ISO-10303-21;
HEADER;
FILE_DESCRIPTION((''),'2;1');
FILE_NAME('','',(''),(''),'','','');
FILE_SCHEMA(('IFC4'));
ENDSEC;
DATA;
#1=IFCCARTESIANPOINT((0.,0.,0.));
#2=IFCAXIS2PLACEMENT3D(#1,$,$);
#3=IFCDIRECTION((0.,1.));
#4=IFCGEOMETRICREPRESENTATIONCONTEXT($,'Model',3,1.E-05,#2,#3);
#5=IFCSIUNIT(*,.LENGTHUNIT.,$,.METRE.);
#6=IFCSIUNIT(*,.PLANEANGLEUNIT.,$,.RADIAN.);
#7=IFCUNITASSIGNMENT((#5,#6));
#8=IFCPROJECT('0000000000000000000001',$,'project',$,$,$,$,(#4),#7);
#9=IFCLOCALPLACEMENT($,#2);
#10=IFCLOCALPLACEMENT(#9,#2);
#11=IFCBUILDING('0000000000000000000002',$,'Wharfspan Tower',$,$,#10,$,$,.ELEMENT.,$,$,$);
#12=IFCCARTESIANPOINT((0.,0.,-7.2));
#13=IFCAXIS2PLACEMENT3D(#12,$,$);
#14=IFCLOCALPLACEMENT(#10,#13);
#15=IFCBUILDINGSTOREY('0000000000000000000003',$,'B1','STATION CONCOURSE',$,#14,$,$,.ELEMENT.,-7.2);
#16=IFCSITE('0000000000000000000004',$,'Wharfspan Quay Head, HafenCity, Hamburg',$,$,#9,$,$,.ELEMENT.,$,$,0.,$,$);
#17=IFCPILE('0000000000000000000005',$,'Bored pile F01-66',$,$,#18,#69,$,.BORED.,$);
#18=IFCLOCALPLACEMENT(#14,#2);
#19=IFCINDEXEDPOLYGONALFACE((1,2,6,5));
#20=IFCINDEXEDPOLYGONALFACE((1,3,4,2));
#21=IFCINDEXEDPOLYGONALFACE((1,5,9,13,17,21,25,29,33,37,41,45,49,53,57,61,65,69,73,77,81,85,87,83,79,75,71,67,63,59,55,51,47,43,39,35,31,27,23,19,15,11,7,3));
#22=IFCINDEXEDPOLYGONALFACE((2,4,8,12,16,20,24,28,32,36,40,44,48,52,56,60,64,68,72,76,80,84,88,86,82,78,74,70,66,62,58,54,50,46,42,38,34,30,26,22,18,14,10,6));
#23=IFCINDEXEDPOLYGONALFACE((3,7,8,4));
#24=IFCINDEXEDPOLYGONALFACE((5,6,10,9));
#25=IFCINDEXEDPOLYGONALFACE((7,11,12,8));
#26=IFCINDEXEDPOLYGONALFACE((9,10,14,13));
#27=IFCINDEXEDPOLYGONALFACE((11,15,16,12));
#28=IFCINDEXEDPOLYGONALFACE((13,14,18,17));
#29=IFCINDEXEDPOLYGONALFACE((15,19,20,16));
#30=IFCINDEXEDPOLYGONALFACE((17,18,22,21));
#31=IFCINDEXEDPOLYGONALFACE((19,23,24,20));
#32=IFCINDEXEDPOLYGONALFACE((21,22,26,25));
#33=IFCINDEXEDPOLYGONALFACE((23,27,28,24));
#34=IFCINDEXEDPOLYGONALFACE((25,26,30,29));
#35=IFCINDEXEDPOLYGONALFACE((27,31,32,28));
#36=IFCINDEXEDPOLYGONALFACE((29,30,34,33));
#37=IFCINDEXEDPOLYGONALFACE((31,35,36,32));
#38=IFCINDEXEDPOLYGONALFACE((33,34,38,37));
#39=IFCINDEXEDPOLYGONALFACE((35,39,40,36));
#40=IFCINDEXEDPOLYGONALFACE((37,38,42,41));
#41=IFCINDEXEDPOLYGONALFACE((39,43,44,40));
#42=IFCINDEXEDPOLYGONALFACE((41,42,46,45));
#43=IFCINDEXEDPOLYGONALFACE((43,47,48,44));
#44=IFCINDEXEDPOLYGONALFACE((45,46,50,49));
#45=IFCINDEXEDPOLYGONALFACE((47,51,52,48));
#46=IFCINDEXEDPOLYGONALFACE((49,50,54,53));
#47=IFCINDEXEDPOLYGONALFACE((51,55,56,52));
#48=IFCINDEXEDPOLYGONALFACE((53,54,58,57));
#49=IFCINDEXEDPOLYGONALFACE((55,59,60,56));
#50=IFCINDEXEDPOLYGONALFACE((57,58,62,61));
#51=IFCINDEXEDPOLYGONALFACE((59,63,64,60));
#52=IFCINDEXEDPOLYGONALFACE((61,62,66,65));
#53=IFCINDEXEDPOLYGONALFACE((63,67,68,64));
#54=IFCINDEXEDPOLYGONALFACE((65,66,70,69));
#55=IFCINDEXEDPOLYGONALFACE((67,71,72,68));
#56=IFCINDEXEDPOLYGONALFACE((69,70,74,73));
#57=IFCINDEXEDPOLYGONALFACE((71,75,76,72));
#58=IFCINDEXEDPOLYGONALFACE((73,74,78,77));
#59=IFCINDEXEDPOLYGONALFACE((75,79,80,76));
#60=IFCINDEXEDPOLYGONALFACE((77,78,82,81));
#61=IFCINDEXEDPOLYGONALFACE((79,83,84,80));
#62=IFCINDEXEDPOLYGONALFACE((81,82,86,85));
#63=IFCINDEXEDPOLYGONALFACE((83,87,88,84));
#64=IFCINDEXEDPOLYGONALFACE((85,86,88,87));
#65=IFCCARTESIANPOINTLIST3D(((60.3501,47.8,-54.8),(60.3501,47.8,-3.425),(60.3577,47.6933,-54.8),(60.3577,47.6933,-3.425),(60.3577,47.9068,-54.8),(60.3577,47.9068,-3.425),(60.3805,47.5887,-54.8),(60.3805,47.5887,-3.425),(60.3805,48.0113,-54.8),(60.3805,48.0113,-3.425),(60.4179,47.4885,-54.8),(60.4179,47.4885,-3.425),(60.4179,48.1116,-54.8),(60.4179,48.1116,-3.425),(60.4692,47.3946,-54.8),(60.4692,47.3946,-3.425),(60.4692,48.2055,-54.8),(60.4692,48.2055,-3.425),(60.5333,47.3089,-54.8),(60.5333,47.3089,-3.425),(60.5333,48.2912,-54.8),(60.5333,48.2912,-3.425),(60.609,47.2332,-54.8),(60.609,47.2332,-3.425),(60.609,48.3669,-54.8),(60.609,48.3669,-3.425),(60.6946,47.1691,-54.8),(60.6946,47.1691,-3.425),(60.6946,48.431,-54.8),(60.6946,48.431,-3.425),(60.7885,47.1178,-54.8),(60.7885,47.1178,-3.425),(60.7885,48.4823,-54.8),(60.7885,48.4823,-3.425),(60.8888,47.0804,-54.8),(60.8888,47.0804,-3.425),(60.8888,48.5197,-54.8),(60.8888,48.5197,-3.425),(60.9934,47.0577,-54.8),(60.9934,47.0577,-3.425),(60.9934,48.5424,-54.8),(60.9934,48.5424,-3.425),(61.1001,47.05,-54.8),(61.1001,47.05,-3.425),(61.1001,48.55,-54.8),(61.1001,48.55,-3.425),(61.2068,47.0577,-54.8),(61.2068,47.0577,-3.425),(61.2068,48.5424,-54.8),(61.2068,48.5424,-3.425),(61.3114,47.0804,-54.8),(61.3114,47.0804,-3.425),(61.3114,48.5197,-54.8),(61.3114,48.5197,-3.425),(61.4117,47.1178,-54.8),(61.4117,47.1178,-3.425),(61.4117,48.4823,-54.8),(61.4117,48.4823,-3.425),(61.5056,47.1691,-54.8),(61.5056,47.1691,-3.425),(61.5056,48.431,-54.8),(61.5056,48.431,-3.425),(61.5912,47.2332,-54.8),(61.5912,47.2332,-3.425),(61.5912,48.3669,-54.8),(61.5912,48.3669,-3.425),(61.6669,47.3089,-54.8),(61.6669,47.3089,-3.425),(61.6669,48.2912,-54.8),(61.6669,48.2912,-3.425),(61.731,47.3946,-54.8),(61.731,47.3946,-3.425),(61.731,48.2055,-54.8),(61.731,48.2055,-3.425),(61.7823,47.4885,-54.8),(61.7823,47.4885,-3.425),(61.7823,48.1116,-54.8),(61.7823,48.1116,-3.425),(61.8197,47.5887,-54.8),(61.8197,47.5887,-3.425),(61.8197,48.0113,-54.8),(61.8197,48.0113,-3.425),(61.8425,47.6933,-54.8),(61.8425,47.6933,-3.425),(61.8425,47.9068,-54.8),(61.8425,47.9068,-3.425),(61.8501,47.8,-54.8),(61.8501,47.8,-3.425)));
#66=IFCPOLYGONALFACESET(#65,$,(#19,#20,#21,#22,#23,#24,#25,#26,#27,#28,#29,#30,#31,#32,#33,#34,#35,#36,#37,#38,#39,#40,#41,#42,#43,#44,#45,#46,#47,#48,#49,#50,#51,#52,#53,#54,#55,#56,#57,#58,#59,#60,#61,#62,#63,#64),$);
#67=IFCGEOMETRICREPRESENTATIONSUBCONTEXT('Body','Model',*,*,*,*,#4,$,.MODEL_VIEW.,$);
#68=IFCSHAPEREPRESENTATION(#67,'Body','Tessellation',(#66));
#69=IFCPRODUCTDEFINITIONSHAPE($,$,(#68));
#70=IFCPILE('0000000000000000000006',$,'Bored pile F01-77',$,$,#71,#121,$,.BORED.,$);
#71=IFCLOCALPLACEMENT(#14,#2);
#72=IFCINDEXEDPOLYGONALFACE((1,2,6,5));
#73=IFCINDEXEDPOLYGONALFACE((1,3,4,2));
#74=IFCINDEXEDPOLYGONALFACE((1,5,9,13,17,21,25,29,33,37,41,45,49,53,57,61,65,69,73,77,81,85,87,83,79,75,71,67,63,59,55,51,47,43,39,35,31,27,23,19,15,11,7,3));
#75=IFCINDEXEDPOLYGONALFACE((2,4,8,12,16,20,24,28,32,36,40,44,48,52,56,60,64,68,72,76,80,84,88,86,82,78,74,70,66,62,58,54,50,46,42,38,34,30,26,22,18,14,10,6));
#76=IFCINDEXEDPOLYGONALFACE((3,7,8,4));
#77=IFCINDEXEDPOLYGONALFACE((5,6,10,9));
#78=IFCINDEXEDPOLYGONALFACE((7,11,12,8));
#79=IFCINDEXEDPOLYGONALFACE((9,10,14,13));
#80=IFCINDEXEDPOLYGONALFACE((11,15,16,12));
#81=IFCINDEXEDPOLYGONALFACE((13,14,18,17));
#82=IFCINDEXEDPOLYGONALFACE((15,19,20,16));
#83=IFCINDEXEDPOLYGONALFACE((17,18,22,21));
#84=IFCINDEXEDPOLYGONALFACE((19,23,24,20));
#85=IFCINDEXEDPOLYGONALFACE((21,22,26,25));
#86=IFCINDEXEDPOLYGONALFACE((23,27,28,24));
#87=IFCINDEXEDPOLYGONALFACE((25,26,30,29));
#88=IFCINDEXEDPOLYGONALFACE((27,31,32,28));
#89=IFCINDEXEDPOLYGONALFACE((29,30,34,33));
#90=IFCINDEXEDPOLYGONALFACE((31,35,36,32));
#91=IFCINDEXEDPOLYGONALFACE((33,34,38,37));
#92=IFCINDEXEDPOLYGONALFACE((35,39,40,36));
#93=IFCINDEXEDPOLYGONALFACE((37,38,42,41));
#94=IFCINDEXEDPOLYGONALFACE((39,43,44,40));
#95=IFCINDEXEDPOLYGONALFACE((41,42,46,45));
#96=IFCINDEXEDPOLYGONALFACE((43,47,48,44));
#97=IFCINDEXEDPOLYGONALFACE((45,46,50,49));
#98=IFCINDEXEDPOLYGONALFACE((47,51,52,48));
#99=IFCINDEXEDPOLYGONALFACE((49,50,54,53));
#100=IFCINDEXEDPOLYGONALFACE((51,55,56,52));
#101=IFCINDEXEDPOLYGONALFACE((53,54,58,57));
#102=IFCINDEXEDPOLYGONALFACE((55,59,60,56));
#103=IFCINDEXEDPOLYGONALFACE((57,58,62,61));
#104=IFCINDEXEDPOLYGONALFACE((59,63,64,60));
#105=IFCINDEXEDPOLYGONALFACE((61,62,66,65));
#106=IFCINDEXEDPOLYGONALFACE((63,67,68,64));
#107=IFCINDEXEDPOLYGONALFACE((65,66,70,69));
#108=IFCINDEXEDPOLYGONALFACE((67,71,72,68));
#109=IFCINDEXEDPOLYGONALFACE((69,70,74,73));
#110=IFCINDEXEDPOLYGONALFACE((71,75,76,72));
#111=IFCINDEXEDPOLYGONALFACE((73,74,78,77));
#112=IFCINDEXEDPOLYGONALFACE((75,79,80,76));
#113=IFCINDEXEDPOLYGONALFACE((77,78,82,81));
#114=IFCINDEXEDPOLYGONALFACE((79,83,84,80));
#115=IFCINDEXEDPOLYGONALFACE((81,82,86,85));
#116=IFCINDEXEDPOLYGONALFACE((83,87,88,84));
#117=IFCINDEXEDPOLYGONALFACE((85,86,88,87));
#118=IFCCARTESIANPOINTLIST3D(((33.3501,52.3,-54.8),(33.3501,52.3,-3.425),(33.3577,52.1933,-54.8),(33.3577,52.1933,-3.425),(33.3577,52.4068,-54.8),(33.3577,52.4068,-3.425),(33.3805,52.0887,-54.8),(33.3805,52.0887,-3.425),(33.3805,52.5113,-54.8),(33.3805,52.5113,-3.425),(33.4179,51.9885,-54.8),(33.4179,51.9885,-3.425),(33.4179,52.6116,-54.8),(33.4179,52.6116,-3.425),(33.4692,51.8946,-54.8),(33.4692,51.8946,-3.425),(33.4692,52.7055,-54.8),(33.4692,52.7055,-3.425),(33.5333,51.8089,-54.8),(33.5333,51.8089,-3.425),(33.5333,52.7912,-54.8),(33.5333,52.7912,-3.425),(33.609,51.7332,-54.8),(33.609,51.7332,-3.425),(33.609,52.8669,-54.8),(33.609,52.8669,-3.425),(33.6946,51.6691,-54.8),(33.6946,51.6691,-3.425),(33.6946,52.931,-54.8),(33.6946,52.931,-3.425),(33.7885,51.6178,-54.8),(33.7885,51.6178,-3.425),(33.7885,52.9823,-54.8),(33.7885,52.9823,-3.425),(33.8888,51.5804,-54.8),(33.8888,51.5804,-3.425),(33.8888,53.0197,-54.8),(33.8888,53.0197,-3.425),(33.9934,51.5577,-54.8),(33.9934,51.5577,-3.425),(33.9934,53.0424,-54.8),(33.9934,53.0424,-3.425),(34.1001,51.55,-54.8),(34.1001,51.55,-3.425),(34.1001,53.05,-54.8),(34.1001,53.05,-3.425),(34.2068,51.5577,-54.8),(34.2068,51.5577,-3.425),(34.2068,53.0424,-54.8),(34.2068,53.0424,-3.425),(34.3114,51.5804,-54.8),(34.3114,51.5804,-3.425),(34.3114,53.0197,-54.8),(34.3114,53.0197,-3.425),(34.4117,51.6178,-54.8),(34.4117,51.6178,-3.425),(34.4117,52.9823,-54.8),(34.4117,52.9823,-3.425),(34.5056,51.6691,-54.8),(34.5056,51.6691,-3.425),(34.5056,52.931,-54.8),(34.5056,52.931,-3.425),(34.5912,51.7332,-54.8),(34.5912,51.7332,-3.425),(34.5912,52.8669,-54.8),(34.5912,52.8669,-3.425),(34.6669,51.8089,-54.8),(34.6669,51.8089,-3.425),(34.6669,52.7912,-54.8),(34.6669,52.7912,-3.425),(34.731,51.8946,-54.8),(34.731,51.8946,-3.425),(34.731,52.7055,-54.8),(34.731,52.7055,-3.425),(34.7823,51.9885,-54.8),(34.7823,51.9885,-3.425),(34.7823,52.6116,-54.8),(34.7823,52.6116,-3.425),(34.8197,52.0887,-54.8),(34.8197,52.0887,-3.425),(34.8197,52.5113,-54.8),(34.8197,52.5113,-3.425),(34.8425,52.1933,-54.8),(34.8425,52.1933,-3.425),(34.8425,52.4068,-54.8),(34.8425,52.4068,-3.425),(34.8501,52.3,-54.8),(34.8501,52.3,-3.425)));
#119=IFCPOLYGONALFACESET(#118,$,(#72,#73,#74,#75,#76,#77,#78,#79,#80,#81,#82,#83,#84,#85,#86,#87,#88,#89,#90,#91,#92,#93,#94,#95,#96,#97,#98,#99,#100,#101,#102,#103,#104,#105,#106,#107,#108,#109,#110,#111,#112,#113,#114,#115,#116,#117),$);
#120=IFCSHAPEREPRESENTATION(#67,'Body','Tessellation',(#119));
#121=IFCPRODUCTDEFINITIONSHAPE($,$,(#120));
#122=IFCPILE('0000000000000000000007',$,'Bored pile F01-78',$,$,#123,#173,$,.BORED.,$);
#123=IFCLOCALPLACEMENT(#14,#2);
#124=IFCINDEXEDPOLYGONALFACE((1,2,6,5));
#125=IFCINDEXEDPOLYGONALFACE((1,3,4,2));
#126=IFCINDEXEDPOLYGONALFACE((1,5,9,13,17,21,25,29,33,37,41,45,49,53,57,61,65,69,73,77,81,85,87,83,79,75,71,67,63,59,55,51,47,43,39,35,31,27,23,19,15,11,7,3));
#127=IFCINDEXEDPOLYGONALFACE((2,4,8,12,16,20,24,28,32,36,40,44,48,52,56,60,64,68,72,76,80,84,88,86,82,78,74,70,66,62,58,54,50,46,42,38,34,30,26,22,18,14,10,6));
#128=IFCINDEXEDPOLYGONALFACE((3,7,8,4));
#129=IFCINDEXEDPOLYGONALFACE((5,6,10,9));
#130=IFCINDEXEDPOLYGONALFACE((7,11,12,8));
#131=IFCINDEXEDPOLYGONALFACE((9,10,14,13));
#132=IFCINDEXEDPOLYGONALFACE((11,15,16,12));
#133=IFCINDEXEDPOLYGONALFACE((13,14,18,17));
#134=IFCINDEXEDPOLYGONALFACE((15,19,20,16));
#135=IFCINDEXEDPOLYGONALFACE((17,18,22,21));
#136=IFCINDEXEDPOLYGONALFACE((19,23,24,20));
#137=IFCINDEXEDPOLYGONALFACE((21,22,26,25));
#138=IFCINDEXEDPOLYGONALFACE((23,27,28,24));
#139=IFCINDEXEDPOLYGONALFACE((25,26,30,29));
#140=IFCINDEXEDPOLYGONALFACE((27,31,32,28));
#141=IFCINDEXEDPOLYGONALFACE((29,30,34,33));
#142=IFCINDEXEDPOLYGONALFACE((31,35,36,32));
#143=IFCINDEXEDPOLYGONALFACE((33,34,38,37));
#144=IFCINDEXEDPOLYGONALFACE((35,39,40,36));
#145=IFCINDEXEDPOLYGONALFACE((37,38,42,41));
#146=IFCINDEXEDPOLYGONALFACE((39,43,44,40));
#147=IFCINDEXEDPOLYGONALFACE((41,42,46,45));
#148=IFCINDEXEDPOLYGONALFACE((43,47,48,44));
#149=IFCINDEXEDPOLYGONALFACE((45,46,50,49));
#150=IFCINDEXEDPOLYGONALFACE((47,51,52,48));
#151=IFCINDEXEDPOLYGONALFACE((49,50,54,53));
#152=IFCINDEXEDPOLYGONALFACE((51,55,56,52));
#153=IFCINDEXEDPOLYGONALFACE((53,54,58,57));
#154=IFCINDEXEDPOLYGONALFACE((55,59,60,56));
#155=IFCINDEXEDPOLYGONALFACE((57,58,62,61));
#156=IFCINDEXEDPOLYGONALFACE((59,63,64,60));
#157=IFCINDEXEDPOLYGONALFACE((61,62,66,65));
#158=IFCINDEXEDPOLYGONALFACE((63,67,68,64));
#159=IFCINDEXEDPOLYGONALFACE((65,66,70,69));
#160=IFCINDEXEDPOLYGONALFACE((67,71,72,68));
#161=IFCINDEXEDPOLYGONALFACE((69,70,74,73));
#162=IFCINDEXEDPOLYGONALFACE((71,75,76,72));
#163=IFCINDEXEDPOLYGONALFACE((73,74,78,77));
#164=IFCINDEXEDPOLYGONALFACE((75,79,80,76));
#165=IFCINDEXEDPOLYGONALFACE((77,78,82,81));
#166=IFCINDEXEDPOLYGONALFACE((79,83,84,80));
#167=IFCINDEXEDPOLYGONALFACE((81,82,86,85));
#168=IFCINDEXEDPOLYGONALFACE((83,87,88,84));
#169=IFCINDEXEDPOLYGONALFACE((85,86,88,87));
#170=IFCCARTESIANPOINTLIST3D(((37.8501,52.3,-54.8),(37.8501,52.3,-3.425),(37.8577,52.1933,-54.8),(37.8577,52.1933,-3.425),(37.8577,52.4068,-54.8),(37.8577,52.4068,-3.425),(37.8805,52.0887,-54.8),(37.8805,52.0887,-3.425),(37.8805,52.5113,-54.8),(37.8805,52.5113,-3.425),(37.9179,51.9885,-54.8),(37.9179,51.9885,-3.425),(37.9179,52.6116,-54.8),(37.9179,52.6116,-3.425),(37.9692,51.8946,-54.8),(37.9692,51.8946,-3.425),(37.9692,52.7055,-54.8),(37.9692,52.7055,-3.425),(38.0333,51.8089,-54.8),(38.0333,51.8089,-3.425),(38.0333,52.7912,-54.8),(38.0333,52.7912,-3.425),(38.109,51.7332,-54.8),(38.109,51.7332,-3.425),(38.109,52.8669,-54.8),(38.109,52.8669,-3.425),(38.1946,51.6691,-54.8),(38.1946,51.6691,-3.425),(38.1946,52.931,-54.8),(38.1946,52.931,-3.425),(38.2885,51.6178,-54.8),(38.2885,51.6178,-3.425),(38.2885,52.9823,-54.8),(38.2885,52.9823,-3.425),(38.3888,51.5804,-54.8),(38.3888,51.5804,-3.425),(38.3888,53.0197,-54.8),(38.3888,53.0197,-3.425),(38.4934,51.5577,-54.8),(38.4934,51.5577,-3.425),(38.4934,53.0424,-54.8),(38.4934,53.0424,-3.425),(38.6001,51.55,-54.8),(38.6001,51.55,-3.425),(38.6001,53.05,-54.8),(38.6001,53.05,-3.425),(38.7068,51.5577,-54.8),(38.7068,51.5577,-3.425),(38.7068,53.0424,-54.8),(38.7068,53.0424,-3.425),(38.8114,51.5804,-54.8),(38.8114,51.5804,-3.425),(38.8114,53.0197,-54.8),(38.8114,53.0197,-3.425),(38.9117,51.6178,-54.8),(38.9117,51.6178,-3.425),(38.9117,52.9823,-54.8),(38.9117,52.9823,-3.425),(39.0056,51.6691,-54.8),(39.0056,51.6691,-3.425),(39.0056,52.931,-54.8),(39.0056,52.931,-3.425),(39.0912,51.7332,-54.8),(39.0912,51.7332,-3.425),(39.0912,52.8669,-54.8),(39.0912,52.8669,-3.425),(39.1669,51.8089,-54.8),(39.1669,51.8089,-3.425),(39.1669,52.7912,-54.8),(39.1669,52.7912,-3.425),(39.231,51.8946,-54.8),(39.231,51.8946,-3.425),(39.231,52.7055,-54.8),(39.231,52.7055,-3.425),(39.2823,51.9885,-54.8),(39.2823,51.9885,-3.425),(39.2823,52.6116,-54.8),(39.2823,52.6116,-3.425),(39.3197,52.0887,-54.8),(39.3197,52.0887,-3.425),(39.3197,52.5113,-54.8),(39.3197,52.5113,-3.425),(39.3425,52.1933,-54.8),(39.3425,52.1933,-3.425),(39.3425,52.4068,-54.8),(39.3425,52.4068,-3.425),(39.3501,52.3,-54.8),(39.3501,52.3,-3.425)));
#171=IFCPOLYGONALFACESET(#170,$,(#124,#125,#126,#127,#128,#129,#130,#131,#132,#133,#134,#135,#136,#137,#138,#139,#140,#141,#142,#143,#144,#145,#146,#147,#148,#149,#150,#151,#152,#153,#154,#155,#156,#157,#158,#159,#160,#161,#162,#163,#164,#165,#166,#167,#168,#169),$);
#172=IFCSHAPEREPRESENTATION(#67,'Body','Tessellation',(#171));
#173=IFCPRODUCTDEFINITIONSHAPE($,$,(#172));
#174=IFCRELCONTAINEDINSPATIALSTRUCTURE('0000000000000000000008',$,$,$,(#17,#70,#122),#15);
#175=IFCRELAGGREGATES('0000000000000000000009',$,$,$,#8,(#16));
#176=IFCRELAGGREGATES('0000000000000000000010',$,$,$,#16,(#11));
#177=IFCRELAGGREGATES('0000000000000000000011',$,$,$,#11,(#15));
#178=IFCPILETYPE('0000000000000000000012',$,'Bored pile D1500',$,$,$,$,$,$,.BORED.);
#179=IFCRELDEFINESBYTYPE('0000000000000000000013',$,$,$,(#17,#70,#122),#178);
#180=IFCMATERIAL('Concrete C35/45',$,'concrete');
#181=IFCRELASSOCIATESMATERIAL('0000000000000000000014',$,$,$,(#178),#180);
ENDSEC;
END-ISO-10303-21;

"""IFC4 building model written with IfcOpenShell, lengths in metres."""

from ifc_helpers import new_model, si_unit, direction, frame, origin, origin_2d, place, context, subcontext, project, spatial, circle, extrude, material, material_profile, profile_set, type_object, element, save


model = new_model("IFC4")

# Units and contexts
model_context = context("Model", 3, precision=1e-05, world=origin(), true_north=direction((0.0, 1.0)))
body_context = subcontext(model_context, "Body", "Model", "MODEL_VIEW")
ifc_project = project(units=[si_unit("LENGTHUNIT", "METRE"), si_unit("PLANEANGLEUNIT", "RADIAN")], contexts=[model_context])

# Site, building, storey
site_placement = place(None, origin())
site = spatial("IfcSite", under=ifc_project, at=site_placement, Name="Wharfspan Quay Head, HafenCity, Hamburg", CompositionType="ELEMENT", RefElevation=0.0)
building_placement = place(site_placement, origin())
building = spatial("IfcBuilding", under=site, at=building_placement, Name="Wharfspan Tower", CompositionType="ELEMENT")
storey_placement = place(building_placement, frame((0.0, 0.0, -7.2)))
storey = spatial("IfcBuildingStorey", under=building, at=storey_placement, Name="B1", Description="STATION CONCOURSE", CompositionType="ELEMENT", Elevation=-7.2)

# Piles
ifc_material_1 = material(Name="Concrete C35/45", Category="concrete")
ifc_material_profile_1 = material_profile(ifc_material_1, circle(Radius=0.75, at=origin_2d()))
ifc_profile_set_1 = profile_set([ifc_material_profile_1], Name="Concrete C35/45")
pile_type = type_object("IfcPileType", Name="Bored pile D1500", PredefinedType="BORED", material=ifc_profile_set_1)
for number, where, z_axis, x_axis, name in (
    (1, (61.1001, 47.8, -3.425), (0.0, 0.0, -1.0), (1.0, 0.0, 0.0), "Bored pile F01-66"),
    (2, (34.1001, 52.3, -3.425), (0.0, 0.0, -1.0), (1.0, 0.0, 0.0), "Bored pile F01-77"),
    (3, (38.6001, 52.3, -3.425), (0.0, 0.0, -1.0), (1.0, 0.0, 0.0), "Bored pile F01-78"),
):
    element("IfcPile", number, at=place(storey_placement, frame(where, z_axis=z_axis, x_axis=x_axis)), inside=storey, type_object=pile_type, Name=name, PredefinedType="BORED", context=body_context, shape_type="SweptSolid", body=[
        extrude(circle(Radius=0.75, at=origin_2d()), origin(), (0.0, 0.0, 1.0), 51.375),
    ])

save(model, "model.ifc")
